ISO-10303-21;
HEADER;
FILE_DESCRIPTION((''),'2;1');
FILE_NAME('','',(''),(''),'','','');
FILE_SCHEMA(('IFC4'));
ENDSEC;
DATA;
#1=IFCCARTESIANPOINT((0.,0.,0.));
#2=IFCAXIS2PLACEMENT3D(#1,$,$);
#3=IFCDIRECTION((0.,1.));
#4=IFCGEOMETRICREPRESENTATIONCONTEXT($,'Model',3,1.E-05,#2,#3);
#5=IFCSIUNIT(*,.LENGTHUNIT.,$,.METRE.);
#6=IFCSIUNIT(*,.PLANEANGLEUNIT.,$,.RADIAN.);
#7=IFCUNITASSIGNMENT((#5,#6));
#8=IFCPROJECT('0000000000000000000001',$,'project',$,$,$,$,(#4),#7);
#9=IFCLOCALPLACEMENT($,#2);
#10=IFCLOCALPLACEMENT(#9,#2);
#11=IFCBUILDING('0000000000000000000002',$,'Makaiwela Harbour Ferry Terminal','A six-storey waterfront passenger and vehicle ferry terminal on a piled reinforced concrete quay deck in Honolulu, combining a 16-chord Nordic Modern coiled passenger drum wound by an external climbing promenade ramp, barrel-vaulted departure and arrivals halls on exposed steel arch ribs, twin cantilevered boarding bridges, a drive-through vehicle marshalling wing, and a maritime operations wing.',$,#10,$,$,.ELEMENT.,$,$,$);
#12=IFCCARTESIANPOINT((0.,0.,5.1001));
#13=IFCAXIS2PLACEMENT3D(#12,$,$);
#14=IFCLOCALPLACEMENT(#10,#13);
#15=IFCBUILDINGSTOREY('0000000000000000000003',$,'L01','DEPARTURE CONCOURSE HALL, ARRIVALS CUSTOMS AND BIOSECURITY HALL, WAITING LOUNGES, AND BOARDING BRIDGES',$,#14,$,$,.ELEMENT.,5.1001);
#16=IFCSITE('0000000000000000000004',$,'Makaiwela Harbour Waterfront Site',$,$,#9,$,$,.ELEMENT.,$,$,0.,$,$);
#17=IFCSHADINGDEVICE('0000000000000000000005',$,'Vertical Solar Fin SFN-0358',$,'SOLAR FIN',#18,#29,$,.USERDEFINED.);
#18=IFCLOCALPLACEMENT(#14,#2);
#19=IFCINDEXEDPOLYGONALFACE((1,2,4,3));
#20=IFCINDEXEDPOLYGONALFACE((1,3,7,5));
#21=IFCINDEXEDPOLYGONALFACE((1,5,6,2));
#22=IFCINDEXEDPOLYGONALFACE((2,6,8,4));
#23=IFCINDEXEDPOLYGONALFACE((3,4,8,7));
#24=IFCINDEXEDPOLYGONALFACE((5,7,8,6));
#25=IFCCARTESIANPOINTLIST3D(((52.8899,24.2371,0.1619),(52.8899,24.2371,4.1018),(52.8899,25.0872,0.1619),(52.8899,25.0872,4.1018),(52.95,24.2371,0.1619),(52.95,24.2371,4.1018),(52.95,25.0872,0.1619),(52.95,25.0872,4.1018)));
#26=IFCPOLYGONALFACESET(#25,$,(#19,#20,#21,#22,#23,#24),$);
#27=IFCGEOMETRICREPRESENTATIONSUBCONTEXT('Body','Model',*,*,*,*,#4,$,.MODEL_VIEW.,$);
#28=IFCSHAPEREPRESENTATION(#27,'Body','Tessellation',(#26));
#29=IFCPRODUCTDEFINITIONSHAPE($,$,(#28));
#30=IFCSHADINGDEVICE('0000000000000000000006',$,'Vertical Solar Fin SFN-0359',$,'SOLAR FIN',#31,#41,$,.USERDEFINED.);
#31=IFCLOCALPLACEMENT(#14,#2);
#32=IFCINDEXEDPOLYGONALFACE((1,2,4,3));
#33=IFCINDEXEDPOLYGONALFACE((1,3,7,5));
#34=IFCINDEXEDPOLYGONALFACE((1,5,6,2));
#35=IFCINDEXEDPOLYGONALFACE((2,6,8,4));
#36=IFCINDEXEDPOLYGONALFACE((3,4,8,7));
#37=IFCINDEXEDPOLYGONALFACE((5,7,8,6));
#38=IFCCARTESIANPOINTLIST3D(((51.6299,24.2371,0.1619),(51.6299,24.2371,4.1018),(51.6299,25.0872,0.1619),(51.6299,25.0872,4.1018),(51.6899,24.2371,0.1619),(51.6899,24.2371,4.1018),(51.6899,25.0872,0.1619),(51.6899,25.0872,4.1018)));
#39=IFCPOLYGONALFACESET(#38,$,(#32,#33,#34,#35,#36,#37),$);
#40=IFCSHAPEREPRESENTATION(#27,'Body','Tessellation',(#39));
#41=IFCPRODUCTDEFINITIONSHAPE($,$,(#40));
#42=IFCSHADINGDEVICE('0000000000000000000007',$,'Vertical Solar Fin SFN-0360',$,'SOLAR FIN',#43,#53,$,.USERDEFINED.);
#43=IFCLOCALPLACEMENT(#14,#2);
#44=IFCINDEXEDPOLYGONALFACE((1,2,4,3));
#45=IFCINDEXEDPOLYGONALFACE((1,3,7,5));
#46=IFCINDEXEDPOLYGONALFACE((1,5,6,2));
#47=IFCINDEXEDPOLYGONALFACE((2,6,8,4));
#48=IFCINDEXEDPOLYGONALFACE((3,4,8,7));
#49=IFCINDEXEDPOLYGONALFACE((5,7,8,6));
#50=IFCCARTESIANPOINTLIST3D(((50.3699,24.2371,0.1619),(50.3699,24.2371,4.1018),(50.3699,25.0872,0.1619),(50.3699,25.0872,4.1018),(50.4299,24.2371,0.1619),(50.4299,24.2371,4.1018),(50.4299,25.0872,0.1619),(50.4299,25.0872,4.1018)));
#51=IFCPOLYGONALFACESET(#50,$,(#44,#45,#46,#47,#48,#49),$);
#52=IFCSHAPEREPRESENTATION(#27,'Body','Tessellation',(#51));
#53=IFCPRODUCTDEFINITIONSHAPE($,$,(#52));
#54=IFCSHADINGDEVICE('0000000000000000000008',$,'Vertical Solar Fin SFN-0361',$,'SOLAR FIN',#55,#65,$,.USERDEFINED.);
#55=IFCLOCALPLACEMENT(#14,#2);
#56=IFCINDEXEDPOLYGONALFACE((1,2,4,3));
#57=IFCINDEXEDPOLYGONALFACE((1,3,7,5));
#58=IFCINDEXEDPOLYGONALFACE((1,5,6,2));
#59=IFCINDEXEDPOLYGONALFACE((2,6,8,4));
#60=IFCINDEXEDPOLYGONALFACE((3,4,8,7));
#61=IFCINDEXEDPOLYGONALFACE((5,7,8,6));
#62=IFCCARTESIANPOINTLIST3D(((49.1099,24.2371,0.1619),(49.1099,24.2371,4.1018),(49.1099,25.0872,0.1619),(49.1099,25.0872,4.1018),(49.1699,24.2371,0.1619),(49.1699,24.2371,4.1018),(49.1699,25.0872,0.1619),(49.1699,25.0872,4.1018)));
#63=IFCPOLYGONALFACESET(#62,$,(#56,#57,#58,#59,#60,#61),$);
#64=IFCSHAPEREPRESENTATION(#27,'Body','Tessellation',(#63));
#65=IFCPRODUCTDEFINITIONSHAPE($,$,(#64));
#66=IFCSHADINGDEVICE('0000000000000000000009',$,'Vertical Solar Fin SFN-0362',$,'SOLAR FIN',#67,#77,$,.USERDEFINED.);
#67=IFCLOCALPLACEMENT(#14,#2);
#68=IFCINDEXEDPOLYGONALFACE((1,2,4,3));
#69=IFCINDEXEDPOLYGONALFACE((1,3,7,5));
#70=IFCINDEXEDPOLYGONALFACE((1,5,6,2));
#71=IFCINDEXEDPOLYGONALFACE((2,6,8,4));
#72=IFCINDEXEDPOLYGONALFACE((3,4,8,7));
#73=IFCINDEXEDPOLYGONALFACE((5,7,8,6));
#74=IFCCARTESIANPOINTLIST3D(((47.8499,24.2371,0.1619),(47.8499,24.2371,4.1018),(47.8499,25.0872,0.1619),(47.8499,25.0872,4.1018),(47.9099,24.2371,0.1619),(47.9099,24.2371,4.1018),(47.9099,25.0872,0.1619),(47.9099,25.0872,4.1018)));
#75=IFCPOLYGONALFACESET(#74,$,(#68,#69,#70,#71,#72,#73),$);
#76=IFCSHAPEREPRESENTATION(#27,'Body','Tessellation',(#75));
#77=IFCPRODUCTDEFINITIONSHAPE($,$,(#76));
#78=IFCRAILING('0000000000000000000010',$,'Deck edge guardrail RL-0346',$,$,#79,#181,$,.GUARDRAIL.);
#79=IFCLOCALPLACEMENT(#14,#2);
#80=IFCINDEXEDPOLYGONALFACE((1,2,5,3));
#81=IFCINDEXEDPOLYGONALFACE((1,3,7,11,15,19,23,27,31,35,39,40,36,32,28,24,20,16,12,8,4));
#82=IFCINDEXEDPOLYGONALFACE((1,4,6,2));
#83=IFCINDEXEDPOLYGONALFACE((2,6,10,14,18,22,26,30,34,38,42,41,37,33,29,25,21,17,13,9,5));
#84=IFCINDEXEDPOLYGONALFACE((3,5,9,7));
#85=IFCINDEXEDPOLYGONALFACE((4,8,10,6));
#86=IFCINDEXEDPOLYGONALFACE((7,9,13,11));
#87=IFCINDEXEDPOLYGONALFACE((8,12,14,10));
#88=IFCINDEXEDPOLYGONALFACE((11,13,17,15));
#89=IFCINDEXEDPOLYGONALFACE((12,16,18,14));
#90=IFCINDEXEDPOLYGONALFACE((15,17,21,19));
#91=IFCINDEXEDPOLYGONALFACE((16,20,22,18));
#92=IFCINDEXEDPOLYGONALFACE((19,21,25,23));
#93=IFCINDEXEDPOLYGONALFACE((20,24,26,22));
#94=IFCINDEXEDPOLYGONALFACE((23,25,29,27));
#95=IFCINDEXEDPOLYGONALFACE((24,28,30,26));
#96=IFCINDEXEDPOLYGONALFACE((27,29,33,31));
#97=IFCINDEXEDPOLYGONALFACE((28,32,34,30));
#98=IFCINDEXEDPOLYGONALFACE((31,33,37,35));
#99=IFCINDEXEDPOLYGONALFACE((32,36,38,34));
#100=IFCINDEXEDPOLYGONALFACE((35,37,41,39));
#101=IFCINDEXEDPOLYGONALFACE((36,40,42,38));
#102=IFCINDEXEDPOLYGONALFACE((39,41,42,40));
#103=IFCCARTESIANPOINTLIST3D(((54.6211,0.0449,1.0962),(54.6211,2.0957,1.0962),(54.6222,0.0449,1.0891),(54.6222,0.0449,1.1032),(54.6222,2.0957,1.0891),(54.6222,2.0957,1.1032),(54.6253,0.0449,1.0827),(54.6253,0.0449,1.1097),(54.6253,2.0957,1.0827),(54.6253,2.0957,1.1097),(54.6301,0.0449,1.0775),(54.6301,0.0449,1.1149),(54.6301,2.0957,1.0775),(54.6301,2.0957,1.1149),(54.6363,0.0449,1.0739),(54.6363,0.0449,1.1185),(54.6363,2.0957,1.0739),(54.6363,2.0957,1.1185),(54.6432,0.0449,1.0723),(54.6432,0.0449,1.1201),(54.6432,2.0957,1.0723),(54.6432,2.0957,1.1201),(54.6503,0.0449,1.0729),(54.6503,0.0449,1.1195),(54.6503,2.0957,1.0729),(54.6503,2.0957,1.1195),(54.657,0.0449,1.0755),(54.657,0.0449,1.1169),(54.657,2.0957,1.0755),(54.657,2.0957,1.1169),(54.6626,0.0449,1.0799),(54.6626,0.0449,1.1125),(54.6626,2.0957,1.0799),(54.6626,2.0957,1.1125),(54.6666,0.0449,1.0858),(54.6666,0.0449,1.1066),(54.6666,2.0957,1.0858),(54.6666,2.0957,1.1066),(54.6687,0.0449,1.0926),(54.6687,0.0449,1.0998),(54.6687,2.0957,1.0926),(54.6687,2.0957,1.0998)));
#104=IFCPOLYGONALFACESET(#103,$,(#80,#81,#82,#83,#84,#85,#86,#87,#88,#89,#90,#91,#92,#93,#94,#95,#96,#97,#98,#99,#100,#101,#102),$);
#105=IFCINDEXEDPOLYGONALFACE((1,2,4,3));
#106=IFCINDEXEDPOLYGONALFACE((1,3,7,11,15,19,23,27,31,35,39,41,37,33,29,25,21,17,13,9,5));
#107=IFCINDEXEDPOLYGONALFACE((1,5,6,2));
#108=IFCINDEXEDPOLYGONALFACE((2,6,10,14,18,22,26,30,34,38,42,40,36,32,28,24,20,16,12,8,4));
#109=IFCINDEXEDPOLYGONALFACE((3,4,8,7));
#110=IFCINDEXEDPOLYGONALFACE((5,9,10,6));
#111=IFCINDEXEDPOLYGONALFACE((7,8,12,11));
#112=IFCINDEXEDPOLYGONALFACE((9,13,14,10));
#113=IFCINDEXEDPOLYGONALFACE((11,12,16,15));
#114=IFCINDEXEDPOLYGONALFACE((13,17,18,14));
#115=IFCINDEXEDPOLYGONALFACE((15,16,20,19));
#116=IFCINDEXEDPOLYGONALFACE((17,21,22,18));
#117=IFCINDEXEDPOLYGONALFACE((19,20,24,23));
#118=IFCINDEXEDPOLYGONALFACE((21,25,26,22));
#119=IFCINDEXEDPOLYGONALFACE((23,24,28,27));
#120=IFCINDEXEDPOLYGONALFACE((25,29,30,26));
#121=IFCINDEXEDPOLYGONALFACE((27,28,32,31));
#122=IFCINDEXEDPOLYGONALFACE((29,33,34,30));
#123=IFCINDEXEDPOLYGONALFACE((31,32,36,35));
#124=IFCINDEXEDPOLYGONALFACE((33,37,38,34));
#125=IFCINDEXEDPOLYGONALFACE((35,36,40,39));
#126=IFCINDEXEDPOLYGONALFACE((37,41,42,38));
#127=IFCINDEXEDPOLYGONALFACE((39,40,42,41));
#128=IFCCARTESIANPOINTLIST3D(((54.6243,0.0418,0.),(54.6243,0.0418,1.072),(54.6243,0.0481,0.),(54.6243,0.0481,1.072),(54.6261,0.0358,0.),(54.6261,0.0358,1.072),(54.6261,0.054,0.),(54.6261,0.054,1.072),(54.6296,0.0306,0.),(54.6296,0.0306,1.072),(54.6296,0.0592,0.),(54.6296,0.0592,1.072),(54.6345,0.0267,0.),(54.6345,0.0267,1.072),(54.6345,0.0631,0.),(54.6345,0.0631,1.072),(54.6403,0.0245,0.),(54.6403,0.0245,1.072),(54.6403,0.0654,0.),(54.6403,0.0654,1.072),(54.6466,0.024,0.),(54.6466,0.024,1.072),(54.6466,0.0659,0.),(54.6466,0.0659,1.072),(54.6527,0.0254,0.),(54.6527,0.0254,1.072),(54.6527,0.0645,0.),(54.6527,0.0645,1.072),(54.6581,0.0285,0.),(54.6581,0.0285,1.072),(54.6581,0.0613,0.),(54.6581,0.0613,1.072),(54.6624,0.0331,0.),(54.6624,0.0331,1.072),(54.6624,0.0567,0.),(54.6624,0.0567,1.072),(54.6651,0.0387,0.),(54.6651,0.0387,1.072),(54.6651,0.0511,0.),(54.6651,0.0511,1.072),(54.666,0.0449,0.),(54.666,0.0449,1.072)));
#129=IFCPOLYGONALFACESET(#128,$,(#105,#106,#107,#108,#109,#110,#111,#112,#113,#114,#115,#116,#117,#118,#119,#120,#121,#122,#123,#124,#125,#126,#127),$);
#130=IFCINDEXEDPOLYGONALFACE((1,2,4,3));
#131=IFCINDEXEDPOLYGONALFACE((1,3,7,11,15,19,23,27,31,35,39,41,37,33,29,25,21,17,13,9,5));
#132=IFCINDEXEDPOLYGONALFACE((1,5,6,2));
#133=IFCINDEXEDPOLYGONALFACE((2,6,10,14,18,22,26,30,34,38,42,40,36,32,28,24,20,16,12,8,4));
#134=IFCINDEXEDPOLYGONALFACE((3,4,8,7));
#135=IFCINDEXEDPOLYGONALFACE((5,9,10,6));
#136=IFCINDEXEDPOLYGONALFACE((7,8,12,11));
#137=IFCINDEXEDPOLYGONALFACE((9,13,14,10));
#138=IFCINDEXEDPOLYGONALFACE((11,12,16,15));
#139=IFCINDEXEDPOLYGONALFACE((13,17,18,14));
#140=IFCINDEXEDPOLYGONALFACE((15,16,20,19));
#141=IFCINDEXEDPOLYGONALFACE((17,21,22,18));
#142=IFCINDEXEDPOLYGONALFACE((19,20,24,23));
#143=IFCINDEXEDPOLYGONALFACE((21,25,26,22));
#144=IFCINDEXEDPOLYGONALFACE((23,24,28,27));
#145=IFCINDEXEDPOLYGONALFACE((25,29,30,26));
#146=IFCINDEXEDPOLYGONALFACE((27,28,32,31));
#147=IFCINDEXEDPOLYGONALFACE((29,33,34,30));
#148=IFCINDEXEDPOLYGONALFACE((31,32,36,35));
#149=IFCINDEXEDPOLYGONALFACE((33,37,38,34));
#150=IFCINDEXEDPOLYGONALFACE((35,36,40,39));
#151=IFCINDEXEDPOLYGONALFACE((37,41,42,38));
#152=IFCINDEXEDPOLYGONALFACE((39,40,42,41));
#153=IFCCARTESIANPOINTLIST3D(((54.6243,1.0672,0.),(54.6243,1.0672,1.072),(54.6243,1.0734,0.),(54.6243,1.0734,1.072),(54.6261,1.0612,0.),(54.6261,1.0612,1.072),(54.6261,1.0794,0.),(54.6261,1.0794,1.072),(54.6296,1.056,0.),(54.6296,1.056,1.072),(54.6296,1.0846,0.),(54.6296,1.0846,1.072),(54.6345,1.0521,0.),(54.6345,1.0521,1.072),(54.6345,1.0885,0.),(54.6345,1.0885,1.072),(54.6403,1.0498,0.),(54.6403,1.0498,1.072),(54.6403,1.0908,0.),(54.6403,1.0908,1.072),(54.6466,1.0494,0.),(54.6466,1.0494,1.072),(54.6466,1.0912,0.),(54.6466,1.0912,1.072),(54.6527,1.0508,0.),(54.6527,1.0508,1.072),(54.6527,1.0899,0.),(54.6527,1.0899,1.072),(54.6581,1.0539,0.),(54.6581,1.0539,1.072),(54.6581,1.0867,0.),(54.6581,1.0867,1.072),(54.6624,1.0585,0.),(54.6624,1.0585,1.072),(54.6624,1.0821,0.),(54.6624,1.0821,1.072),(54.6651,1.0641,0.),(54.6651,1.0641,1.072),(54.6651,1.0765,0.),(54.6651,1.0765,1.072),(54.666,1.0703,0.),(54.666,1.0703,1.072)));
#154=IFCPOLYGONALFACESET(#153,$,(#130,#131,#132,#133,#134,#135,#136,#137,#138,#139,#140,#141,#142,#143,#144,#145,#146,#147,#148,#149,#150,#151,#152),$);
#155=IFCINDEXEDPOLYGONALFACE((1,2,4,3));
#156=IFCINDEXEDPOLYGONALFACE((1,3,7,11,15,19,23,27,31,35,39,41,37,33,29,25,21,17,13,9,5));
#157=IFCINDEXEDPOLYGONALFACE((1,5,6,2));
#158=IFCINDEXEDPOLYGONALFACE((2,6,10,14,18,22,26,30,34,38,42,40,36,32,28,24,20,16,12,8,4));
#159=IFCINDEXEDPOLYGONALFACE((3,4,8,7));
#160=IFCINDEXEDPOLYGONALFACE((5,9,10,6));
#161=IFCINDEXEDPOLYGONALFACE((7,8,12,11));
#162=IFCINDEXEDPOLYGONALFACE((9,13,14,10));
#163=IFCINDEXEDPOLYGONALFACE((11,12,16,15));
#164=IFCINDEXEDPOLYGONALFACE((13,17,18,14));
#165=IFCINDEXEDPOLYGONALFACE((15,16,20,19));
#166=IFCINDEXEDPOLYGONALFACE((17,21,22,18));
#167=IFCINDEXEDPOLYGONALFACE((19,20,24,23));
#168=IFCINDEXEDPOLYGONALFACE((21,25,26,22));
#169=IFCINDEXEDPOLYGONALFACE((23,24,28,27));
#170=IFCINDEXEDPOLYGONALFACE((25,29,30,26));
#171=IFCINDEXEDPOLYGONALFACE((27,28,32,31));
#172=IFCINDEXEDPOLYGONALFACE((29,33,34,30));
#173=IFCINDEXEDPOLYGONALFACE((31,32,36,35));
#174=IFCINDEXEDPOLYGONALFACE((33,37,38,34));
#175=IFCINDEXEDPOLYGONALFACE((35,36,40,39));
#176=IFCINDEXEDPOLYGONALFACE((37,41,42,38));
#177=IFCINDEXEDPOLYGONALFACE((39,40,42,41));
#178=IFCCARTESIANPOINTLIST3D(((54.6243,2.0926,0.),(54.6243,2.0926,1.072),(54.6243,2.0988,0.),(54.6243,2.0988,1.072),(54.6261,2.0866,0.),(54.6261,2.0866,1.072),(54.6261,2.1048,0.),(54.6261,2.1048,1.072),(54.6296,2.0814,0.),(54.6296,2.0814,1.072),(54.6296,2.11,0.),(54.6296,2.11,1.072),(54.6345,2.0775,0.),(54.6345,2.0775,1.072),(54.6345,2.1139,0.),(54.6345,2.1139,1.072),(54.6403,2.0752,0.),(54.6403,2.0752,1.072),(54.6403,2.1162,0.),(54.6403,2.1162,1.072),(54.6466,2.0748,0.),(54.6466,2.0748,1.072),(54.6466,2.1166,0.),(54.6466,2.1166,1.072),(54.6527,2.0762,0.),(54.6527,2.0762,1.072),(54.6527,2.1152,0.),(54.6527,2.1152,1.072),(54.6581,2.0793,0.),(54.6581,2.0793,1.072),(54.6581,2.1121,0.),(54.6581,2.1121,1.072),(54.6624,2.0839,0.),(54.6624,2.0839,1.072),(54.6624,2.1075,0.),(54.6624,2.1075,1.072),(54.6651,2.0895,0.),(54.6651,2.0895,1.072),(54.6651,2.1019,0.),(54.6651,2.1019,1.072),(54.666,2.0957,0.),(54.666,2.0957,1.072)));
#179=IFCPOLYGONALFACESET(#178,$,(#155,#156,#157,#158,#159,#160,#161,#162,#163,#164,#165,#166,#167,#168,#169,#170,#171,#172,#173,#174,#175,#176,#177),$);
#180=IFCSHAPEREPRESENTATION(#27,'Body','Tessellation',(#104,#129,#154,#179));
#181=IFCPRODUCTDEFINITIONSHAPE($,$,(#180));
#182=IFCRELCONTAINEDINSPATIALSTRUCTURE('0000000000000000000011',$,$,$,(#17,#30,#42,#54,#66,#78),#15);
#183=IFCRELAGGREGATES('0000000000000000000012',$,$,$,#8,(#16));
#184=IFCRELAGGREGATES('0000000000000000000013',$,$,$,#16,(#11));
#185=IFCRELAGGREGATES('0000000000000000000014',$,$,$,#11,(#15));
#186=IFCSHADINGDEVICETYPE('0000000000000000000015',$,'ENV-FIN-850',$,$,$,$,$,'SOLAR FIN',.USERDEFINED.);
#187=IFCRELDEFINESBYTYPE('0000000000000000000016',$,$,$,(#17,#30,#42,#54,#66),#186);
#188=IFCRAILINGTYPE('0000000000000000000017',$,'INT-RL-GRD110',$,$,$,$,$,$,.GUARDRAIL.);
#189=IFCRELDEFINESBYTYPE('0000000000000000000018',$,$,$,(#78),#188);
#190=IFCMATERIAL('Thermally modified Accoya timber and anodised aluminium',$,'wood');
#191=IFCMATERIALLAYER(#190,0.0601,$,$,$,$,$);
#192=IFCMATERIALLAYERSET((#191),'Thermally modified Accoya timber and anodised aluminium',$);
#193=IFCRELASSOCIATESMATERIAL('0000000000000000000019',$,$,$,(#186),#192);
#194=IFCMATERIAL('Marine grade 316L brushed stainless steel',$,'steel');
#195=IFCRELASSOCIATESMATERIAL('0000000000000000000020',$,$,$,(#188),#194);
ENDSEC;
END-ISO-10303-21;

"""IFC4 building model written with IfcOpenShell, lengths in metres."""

from ifc_helpers import new_model, si_unit, direction, frame, origin, origin_2d, place, context, subcontext, project, spatial, rectangle, circle, extrude, material, layer, layer_set, type_object, element, save


model = new_model("IFC4")

# Units and contexts
model_context = context("Model", 3, precision=1e-05, world=origin(), true_north=direction((0.0, 1.0)))
body_context = subcontext(model_context, "Body", "Model", "MODEL_VIEW")
ifc_project = project(units=[si_unit("LENGTHUNIT", "METRE"), si_unit("PLANEANGLEUNIT", "RADIAN")], contexts=[model_context])

# Site, building, storey
site_placement = place(None, origin())
site = spatial("IfcSite", under=ifc_project, at=site_placement, Name="Makaiwela Harbour Waterfront Site", CompositionType="ELEMENT", RefElevation=0.0)
building_placement = place(site_placement, origin())
building = spatial("IfcBuilding", under=site, at=building_placement, Name="Makaiwela Harbour Ferry Terminal", Description="A six-storey waterfront passenger and vehicle ferry terminal on a piled reinforced concrete quay deck in Honolulu, combining a 16-chord Nordic Modern coiled passenger drum wound by an external climbing promenade ramp, barrel-vaulted departure and arrivals halls on exposed steel arch ribs, twin cantilevered boarding bridges, a drive-through vehicle marshalling wing, and a maritime operations wing.", CompositionType="ELEMENT")
storey_placement = place(building_placement, frame((0.0, 0.0, 5.1001)))
storey = spatial("IfcBuildingStorey", under=building, at=storey_placement, Name="L01", Description="DEPARTURE CONCOURSE HALL, ARRIVALS CUSTOMS AND BIOSECURITY HALL, WAITING LOUNGES, AND BOARDING BRIDGES", CompositionType="ELEMENT", Elevation=5.1001)

# Shading devices
ifc_material_1 = material(Name="Thermally modified Accoya timber and anodised aluminium", Category="wood")
ifc_layer_1 = layer(ifc_material_1, 0.0601)
ifc_layer_set_1 = layer_set([ifc_layer_1], Name="Thermally modified Accoya timber and anodised aluminium")
shading_device_type = type_object("IfcShadingDeviceType", Name="ENV-FIN-850", ElementType="SOLAR FIN", PredefinedType="USERDEFINED", material=ifc_layer_set_1)
for number, where, z_axis, x_axis, name in (
    (1, (52.9199, 24.6621, 0.1619), (0.0, 0.0, 1.0), (0.0, -1.0, 0.0), "Vertical Solar Fin SFN-0358"),
    (2, (51.6599, 24.6621, 0.1619), (0.0, 0.0, 1.0), (0.0, -1.0, 0.0), "Vertical Solar Fin SFN-0359"),
    (3, (50.3999, 24.6621, 0.1619), (0.0, 0.0, 1.0), (0.0, -1.0, 0.0), "Vertical Solar Fin SFN-0360"),
    (4, (49.1399, 24.6621, 0.1619), (0.0, 0.0, 1.0), (0.0, -1.0, 0.0), "Vertical Solar Fin SFN-0361"),
    (5, (47.8799, 24.6621, 0.1619), (0.0, 0.0, 1.0), (0.0, -1.0, 0.0), "Vertical Solar Fin SFN-0362"),
):
    element("IfcShadingDevice", number, at=place(storey_placement, frame(where, z_axis=z_axis, x_axis=x_axis)), inside=storey, type_object=shading_device_type, Name=name, ObjectType="SOLAR FIN", PredefinedType="USERDEFINED", context=body_context, shape_type="SweptSolid", body=[
        extrude(rectangle(XDim=0.8501, YDim=0.0601, at=origin_2d()), origin(), (0.0, 0.0, 1.0), 3.9399),
    ])

# Railing
ifc_material_2 = material(Name="Marine grade 316L brushed stainless steel", Category="steel")
railing_type = type_object("IfcRailingType", Name="INT-RL-GRD110", PredefinedType="GUARDRAIL", material=ifc_material_2)
railing_1_placement = place(storey_placement, frame((54.645, 0.0449, 0.0)))
element("IfcRailing", 6, at=railing_1_placement, inside=storey, type_object=railing_type, Name="Deck edge guardrail RL-0346", PredefinedType="GUARDRAIL", context=body_context, shape_type="SweptSolid", body=[
    extrude(circle(Radius=0.0239, at=origin_2d()), frame((0.0, 0.0, 1.0962), z_axis=(0.0, 1.0, 0.0), x_axis=(-1.0, 0.0, 0.0)), (0.0, 0.0, 1.0), 2.0508),
    extrude(circle(Radius=0.021, at=origin_2d()), origin(), (0.0, 0.0, 1.0), 1.072),
    extrude(circle(Radius=0.021, at=origin_2d()), frame((0.0, 1.0254, 0.0)), (0.0, 0.0, 1.0), 1.072),
    extrude(circle(Radius=0.021, at=origin_2d()), frame((0.0, 2.0508, 0.0)), (0.0, 0.0, 1.0), 1.072),
])

save(model, "model.ifc")
